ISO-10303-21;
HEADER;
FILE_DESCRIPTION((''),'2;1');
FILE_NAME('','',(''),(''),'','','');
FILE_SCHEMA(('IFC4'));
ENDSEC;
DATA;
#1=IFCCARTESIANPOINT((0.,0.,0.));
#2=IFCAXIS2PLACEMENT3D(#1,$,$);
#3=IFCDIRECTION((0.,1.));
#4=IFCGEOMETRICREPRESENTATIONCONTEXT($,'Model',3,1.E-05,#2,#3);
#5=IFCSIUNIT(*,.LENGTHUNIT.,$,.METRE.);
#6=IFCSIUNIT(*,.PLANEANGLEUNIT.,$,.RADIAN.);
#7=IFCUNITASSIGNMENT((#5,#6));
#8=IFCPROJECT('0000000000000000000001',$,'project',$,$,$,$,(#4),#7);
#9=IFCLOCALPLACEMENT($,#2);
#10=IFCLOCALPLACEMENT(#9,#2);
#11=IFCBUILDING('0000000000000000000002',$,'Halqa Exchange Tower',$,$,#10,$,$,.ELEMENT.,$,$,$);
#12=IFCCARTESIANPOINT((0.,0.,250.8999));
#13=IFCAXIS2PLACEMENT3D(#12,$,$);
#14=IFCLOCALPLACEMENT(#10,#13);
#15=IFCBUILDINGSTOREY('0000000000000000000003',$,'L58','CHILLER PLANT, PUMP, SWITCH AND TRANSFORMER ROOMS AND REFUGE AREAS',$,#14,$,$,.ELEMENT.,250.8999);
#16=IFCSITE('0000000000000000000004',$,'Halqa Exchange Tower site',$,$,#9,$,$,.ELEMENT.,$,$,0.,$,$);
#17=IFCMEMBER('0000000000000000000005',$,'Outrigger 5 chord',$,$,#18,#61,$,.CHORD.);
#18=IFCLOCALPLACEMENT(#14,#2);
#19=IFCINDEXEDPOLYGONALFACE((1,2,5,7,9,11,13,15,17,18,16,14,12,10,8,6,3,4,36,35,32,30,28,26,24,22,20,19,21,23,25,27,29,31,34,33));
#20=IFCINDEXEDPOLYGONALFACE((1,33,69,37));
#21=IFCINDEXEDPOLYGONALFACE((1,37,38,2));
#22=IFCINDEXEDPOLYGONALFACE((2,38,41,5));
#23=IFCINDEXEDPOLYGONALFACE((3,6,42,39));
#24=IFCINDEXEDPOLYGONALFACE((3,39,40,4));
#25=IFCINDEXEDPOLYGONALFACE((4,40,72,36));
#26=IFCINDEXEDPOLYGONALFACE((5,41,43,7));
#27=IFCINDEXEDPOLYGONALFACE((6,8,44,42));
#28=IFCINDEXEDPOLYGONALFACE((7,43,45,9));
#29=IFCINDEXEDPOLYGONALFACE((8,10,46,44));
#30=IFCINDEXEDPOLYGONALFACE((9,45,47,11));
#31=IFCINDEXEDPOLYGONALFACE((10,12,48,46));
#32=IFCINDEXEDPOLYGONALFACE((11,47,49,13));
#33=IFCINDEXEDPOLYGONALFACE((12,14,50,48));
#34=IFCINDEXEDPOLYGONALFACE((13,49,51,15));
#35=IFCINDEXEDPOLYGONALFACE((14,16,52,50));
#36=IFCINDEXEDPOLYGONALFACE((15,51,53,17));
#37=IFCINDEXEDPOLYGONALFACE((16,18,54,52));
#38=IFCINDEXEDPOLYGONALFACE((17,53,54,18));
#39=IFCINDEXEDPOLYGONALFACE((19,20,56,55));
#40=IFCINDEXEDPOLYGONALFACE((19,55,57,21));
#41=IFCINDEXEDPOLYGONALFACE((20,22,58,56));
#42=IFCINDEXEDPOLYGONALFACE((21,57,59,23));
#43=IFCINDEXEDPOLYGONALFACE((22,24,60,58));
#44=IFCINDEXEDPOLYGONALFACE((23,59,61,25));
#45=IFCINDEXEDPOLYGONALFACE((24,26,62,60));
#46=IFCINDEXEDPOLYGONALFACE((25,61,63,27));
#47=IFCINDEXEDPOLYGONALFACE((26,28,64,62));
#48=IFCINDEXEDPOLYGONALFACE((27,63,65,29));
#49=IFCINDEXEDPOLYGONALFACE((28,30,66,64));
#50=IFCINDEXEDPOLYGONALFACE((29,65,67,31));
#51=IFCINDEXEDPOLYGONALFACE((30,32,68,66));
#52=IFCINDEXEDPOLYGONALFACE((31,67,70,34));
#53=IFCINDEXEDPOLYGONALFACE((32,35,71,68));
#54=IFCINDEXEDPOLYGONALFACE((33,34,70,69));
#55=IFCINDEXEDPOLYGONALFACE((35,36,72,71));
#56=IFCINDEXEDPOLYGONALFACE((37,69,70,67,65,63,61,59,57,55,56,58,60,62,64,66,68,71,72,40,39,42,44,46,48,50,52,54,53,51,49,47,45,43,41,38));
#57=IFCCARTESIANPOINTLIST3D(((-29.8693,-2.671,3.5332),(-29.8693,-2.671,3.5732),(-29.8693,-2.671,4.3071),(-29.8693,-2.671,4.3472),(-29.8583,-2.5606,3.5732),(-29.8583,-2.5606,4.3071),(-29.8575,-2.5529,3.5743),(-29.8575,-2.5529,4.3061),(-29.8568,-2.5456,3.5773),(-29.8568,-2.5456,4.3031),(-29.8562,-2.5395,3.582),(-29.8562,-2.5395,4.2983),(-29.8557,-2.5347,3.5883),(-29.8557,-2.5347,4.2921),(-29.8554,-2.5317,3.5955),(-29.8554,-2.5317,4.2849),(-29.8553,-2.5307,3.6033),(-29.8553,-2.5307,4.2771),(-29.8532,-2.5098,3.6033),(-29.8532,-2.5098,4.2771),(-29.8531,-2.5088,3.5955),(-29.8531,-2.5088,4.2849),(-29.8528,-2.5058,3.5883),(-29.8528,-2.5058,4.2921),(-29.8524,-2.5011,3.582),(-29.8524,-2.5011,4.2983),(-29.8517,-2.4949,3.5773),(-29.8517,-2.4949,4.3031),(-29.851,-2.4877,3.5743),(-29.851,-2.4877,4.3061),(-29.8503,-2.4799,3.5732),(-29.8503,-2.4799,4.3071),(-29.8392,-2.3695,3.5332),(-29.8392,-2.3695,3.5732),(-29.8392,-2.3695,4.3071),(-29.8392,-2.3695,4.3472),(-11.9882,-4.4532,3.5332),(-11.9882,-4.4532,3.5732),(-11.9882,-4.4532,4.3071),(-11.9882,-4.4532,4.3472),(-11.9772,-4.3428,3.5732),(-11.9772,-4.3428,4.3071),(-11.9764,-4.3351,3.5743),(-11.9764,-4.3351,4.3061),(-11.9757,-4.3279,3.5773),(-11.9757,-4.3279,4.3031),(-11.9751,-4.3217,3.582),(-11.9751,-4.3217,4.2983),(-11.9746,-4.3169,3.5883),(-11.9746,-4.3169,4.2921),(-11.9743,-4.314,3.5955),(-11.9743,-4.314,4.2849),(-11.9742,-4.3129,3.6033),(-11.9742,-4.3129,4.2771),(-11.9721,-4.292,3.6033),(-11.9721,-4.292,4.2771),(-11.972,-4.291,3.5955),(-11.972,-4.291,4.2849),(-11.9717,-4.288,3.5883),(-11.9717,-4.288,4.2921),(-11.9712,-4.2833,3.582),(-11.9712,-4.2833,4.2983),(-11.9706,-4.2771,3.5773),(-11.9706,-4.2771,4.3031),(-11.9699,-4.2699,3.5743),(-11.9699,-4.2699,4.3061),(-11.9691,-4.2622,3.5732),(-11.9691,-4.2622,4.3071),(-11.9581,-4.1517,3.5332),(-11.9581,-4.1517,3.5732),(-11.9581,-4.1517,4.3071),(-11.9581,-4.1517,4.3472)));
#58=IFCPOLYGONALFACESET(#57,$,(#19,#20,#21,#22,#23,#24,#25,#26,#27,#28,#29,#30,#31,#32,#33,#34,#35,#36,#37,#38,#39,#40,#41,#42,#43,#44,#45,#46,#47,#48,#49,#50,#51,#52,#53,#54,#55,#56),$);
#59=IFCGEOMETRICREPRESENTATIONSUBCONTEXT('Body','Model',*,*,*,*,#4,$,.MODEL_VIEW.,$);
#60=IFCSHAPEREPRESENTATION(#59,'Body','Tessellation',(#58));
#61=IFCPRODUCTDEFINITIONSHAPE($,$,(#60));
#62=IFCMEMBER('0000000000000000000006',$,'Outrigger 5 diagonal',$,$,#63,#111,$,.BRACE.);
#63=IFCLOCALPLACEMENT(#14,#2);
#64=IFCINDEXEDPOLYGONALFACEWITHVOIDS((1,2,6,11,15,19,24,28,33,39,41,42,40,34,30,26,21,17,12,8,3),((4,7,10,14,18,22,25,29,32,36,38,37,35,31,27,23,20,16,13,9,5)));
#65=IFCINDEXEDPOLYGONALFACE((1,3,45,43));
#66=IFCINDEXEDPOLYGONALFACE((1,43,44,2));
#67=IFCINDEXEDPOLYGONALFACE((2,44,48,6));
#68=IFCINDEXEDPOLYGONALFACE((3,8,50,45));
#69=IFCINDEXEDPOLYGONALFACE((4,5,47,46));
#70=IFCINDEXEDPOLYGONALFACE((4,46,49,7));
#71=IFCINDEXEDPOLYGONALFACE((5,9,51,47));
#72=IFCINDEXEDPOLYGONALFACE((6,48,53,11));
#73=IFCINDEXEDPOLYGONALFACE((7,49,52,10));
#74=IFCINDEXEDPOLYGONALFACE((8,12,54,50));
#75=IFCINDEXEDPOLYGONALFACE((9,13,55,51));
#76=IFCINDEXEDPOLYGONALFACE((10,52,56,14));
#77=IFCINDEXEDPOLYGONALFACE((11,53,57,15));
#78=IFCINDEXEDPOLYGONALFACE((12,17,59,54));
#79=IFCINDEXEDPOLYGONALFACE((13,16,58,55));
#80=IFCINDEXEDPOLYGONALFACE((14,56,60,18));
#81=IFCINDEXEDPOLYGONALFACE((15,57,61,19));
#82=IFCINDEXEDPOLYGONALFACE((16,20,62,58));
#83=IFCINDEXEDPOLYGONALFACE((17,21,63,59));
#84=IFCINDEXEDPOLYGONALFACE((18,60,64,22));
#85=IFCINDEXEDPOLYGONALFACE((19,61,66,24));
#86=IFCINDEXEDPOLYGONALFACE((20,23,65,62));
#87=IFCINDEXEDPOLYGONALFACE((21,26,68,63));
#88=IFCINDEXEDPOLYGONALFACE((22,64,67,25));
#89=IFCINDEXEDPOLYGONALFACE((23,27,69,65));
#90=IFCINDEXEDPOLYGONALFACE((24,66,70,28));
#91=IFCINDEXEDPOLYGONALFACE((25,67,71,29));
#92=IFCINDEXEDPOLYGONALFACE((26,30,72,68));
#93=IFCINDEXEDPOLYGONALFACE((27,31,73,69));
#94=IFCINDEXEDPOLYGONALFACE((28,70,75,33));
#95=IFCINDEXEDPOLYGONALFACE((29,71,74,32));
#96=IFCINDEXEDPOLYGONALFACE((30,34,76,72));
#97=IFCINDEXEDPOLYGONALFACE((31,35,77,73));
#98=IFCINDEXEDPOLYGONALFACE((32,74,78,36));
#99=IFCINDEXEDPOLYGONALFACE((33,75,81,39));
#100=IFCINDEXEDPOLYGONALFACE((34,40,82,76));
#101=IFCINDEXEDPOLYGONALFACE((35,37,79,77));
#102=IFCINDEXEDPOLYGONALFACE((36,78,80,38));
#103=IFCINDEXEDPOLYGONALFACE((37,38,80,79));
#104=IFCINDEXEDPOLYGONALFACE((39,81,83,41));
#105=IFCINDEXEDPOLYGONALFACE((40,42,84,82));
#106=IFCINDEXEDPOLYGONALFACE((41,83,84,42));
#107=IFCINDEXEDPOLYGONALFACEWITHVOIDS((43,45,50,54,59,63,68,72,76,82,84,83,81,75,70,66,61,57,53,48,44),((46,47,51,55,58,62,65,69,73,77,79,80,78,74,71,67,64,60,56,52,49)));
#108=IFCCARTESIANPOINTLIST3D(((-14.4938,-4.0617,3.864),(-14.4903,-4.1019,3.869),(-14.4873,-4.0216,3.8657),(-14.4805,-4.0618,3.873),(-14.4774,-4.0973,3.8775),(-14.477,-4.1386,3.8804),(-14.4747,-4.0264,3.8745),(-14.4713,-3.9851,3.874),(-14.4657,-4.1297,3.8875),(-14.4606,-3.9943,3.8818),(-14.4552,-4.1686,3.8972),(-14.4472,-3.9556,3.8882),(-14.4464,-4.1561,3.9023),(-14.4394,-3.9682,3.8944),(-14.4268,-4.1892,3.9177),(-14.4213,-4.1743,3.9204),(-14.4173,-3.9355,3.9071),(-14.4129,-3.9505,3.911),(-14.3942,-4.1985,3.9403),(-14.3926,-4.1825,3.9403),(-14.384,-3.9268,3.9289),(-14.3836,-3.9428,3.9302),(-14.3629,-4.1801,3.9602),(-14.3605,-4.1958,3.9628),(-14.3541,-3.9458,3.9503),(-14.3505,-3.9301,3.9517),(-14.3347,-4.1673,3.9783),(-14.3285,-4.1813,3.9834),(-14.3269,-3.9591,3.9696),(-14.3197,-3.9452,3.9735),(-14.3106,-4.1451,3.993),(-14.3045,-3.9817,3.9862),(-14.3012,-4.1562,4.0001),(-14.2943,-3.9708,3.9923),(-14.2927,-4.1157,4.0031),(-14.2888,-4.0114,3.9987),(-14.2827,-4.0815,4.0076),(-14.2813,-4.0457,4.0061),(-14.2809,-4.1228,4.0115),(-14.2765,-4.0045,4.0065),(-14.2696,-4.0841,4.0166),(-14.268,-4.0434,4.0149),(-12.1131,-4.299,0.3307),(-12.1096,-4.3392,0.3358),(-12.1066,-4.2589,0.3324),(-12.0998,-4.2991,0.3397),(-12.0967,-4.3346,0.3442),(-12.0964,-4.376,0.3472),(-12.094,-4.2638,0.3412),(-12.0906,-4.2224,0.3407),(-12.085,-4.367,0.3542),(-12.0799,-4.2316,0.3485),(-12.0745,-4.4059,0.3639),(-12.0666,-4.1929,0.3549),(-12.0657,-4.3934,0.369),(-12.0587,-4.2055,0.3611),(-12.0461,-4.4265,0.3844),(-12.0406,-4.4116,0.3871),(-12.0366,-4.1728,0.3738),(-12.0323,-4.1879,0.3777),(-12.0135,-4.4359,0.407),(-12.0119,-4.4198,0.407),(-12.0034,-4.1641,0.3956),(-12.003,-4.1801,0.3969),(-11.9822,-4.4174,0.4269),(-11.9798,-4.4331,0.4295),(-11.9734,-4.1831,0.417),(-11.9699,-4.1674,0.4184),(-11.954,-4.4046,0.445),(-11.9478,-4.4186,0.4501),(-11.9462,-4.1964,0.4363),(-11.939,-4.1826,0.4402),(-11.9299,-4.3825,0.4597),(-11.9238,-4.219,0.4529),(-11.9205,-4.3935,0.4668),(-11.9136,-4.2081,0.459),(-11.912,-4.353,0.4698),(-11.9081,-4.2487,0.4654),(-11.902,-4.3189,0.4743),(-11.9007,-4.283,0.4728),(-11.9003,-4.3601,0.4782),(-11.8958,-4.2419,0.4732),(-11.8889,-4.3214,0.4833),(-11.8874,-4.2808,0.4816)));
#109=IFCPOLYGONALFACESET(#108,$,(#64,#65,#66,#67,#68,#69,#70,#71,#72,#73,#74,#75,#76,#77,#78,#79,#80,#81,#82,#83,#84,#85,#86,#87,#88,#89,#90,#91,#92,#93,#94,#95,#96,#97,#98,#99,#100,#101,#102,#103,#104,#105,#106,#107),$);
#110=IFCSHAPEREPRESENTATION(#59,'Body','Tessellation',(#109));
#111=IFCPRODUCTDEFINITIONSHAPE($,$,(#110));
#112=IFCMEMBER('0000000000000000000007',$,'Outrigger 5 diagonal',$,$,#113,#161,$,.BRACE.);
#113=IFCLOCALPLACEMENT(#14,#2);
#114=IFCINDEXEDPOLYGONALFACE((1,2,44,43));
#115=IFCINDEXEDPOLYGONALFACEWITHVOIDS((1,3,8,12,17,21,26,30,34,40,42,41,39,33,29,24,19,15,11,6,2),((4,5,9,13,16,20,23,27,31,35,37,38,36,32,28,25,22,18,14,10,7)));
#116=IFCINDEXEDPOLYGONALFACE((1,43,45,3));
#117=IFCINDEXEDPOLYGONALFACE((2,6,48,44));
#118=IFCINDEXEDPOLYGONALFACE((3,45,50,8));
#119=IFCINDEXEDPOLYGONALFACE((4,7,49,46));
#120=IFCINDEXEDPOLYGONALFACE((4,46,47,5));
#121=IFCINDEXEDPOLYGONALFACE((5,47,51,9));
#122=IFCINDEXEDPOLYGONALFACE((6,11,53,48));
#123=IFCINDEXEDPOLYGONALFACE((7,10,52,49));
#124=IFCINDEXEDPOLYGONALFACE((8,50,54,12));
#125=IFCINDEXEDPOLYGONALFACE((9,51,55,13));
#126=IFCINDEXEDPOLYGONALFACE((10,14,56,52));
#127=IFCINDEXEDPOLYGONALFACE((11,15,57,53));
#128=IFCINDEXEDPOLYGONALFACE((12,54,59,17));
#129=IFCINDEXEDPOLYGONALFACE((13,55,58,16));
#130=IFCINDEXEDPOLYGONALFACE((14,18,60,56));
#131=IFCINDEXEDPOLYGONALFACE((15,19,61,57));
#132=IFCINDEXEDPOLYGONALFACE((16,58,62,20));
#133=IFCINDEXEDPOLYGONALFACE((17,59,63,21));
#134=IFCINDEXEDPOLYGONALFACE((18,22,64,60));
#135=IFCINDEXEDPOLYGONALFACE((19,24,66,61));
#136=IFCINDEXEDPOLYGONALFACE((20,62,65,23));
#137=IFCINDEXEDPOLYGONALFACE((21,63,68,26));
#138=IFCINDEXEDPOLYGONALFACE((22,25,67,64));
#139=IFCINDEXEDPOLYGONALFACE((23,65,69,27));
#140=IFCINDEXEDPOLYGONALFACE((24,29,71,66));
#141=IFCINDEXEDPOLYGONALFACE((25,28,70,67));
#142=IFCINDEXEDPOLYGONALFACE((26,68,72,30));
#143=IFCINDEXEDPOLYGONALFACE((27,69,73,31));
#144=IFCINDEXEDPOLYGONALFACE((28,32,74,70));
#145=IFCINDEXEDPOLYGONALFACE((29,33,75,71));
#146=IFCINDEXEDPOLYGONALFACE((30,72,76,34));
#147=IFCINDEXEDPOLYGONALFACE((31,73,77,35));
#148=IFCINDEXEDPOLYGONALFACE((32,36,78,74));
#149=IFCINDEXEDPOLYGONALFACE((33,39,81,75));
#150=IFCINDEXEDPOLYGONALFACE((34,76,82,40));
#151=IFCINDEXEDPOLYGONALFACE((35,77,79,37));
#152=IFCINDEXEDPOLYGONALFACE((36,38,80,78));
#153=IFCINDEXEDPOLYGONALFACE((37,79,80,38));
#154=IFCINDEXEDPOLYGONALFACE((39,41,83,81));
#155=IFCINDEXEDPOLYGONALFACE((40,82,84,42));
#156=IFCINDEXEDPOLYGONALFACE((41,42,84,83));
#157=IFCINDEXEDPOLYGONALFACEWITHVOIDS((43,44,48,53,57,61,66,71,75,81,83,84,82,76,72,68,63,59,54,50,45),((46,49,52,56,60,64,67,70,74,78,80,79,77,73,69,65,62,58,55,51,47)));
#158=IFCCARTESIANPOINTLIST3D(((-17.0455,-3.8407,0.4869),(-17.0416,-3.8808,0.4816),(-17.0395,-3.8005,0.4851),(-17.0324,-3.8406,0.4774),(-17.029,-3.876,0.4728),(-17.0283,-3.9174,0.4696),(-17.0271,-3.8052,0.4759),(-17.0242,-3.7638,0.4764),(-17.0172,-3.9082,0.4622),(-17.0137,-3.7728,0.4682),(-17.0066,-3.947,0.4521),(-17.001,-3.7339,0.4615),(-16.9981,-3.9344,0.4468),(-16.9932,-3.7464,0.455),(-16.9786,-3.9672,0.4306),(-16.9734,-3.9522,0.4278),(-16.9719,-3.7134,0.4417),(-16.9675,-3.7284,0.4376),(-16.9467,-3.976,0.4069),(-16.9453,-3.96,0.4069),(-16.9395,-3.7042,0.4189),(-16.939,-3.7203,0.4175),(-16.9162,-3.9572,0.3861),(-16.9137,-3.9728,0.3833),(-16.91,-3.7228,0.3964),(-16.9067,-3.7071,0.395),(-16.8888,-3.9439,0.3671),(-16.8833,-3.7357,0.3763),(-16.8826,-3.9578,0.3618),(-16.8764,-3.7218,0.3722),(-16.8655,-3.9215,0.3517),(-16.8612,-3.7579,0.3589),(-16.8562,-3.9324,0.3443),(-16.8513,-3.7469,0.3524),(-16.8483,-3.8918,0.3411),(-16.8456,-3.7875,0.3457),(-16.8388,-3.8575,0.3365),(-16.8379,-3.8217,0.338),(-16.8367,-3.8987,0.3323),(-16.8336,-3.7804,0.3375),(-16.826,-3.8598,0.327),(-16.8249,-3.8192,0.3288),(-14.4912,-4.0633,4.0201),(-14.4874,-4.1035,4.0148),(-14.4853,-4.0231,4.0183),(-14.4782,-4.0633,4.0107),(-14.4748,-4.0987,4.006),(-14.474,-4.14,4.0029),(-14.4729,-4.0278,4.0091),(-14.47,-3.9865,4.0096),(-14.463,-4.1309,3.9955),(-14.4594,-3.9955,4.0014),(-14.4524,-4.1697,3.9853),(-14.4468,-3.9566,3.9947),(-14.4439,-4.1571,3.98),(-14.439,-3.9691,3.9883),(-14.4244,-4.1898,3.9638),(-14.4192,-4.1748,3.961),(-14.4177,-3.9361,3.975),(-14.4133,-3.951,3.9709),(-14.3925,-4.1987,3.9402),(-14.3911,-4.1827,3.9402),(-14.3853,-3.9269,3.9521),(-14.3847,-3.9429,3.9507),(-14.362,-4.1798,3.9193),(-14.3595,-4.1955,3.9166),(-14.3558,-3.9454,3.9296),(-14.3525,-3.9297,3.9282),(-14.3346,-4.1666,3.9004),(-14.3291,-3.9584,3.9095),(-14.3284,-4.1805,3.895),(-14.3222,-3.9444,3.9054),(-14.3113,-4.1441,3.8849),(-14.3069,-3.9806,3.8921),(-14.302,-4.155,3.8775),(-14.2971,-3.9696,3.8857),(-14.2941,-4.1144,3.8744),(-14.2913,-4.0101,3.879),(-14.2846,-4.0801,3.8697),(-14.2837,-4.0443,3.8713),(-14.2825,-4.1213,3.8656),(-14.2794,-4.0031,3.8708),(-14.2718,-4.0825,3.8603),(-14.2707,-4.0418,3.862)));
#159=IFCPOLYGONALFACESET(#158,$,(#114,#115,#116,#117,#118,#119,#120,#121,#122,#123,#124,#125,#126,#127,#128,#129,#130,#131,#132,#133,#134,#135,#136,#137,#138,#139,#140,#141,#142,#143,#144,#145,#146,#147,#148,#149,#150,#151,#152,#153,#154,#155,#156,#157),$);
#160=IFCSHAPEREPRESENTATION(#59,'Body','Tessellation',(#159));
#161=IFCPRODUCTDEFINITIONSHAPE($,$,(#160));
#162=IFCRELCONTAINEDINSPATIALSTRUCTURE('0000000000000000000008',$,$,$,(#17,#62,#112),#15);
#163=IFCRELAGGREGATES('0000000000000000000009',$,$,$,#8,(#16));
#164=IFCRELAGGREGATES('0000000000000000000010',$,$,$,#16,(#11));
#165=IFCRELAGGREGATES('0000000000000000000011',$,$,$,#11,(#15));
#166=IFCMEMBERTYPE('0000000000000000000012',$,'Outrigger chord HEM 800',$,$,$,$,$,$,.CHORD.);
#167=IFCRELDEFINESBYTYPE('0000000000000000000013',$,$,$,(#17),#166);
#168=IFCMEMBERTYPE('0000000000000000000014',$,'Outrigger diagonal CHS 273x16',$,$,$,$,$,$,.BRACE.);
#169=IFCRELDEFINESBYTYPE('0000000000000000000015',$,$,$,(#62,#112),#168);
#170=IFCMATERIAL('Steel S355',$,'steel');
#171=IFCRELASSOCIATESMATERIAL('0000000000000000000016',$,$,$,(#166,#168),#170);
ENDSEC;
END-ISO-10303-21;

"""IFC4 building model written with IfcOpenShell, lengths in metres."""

from ifc_helpers import new_model, si_unit, direction, frame, origin, origin_2d, place, context, subcontext, project, spatial, hollow_circle, i_section, extrude, material, material_profile, profile_set, type_object, element, save


model = new_model("IFC4")

# Units and contexts
model_context = context("Model", 3, precision=1e-05, world=origin(), true_north=direction((0.0, 1.0)))
body_context = subcontext(model_context, "Body", "Model", "MODEL_VIEW")
ifc_project = project(units=[si_unit("LENGTHUNIT", "METRE"), si_unit("PLANEANGLEUNIT", "RADIAN")], contexts=[model_context])

# Site, building, storey
site_placement = place(None, origin())
site = spatial("IfcSite", under=ifc_project, at=site_placement, Name="Halqa Exchange Tower site", CompositionType="ELEMENT", RefElevation=0.0)
building_placement = place(site_placement, origin())
building = spatial("IfcBuilding", under=site, at=building_placement, Name="Halqa Exchange Tower", CompositionType="ELEMENT")
storey_placement = place(building_placement, frame((0.0, 0.0, 250.8999)))
storey = spatial("IfcBuildingStorey", under=building, at=storey_placement, Name="L58", Description="CHILLER PLANT, PUMP, SWITCH AND TRANSFORMER ROOMS AND REFUGE AREAS", CompositionType="ELEMENT", Elevation=250.8999)

# Shared definitions
ifc_material_1 = material(Name="Steel S355", Category="steel")

# Members
ifc_material_profile_1 = material_profile(ifc_material_1, i_section(OverallWidth=0.303, OverallDepth=0.814, WebThickness=0.021, FlangeThickness=0.04, FilletRadius=0.03, at=origin_2d()), Name="HEM 800")
ifc_profile_set_1 = profile_set([ifc_material_profile_1], Name="Steel S355")
member_type_1 = type_object("IfcMemberType", Name="Outrigger chord HEM 800", PredefinedType="CHORD", material=ifc_profile_set_1)
member_1_placement = place(storey_placement, frame((-11.9731, -4.3025, 3.9402), z_axis=(-0.99507, 0.09918, 0.0), x_axis=(-0.09918, -0.99507, 0.0)))
element("IfcMember", 1, at=member_1_placement, inside=storey, type_object=member_type_1, Name="Outrigger 5 chord", PredefinedType="CHORD", context=body_context, shape_type="SweptSolid", body=[
    extrude(i_section(OverallWidth=0.303, OverallDepth=0.814, WebThickness=0.021, FlangeThickness=0.04, FilletRadius=0.03, at=origin_2d()), origin(), (0.0, 0.0, 1.0), 17.9697),
])
ifc_material_profile_2 = material_profile(ifc_material_1, hollow_circle(Radius=0.1365, WallThickness=0.0161, at=origin_2d()), Name="CHS 273x16")
ifc_profile_set_2 = profile_set([ifc_material_profile_2], Name="Steel S355")
member_type_2 = type_object("IfcMemberType", Name="Outrigger diagonal CHS 273x16", PredefinedType="BRACE", material=ifc_profile_set_2)
member_2_placement = place(storey_placement, frame((-12.0, -4.3, 0.407), z_axis=(-0.557915, 0.055614, 0.828033), x_axis=(-0.09919, -0.995068, 0.0)))
element("IfcMember", 2, at=member_2_placement, inside=storey, type_object=member_type_2, Name="Outrigger 5 diagonal", PredefinedType="BRACE", context=body_context, shape_type="SweptSolid", body=[
    extrude(hollow_circle(Radius=0.1365, WallThickness=0.0161, at=origin_2d()), origin(), (0.0, 0.0, 1.0), 4.2671),
])
member_3_placement = place(storey_placement, frame((-14.3806, -4.0627, 3.9402), z_axis=(-0.585096, 0.051004, -0.809359), x_axis=(-0.086843, -0.996222, 0.0)))
element("IfcMember", 3, at=member_3_placement, inside=storey, type_object=member_type_2, Name="Outrigger 5 diagonal", PredefinedType="BRACE", context=body_context, shape_type="SweptSolid", body=[
    extrude(hollow_circle(Radius=0.1365, WallThickness=0.0161, at=origin_2d()), origin(), (0.0, 0.0, 1.0), 4.3655),
])

save(model, "model.ifc")
